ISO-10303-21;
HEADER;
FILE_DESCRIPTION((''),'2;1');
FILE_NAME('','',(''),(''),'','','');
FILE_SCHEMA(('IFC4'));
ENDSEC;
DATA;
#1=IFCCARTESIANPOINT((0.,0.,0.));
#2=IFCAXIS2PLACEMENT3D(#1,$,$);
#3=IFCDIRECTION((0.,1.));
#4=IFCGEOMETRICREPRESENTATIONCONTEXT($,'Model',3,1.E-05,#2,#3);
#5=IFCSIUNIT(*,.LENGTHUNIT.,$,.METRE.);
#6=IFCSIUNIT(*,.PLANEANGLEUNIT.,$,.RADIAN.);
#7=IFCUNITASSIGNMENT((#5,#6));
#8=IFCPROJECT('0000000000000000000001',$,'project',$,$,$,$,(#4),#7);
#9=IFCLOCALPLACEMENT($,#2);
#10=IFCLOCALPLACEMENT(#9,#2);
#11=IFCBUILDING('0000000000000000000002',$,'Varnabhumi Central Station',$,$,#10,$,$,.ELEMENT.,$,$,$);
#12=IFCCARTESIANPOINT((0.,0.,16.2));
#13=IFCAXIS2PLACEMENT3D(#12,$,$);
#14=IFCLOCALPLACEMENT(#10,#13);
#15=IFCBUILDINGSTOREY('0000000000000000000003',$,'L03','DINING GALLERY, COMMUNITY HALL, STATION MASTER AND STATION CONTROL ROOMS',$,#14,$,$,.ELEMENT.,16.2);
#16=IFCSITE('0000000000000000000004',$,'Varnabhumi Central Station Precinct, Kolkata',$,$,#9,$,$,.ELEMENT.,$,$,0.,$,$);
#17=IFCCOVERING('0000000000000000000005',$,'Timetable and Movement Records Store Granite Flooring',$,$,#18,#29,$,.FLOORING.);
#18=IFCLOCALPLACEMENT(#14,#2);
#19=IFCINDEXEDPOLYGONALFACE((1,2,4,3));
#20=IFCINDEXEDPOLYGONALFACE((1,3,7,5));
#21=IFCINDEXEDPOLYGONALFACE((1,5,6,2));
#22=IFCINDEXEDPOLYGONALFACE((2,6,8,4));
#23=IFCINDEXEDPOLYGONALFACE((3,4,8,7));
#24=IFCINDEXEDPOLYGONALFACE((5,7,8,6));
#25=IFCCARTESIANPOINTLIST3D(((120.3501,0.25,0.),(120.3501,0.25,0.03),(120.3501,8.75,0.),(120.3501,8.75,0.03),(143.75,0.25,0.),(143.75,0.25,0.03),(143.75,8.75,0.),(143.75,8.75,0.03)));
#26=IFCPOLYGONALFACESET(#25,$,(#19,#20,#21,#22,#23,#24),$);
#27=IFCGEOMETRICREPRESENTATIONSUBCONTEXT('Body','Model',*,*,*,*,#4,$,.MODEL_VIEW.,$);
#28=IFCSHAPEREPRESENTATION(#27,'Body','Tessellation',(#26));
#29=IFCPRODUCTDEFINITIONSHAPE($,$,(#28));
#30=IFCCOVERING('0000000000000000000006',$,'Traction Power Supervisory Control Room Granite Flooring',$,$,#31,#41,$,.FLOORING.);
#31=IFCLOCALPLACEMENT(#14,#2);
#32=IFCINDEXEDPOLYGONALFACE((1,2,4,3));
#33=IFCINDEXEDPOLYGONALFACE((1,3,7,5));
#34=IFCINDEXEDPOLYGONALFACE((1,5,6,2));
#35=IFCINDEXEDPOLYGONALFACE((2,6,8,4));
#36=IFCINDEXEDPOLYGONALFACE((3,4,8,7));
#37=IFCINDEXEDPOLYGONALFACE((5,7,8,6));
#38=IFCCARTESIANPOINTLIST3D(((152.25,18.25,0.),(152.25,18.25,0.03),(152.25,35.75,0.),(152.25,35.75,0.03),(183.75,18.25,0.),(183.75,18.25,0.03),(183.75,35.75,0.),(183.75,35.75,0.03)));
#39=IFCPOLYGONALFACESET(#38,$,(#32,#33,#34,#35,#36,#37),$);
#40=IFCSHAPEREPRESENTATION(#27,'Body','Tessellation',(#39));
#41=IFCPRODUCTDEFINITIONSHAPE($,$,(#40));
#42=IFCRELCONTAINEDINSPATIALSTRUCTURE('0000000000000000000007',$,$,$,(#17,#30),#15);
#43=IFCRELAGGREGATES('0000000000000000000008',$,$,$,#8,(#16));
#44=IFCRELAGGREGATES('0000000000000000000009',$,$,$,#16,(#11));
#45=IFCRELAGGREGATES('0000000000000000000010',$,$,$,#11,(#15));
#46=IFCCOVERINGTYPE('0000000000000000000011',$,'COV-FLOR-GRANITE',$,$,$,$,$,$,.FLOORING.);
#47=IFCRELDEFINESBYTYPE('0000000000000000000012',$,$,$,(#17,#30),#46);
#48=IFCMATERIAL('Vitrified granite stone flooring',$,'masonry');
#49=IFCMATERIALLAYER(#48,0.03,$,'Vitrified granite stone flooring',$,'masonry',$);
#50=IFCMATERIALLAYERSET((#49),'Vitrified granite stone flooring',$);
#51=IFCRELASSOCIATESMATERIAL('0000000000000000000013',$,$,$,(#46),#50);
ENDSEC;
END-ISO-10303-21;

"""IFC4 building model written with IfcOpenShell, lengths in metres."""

from ifc_helpers import new_model, si_unit, direction, frame, origin, place, context, subcontext, project, spatial, polyline, outline, extrude, material, layer, layer_set, type_object, element, save


model = new_model("IFC4")

# Units and contexts
model_context = context("Model", 3, precision=1e-05, world=origin(), true_north=direction((0.0, 1.0)))
body_context = subcontext(model_context, "Body", "Model", "MODEL_VIEW")
ifc_project = project(units=[si_unit("LENGTHUNIT", "METRE"), si_unit("PLANEANGLEUNIT", "RADIAN")], contexts=[model_context])

# Site, building, storey
site_placement = place(None, origin())
site = spatial("IfcSite", under=ifc_project, at=site_placement, Name="Varnabhumi Central Station Precinct, Kolkata", CompositionType="ELEMENT", RefElevation=0.0)
building_placement = place(site_placement, origin())
building = spatial("IfcBuilding", under=site, at=building_placement, Name="Varnabhumi Central Station", CompositionType="ELEMENT")
storey_placement = place(building_placement, frame((0.0, 0.0, 16.2)))
storey = spatial("IfcBuildingStorey", under=building, at=storey_placement, Name="L03", Description="DINING GALLERY, COMMUNITY HALL, STATION MASTER AND STATION CONTROL ROOMS", CompositionType="ELEMENT", Elevation=16.2)

# Coverings
ifc_material_1 = material(Name="Vitrified granite stone flooring", Category="masonry")
ifc_layer_1 = layer(ifc_material_1, 0.03, Name="Vitrified granite stone flooring", Category="masonry")
ifc_layer_set_1 = layer_set([ifc_layer_1], Name="Vitrified granite stone flooring")
covering_type_1 = type_object("IfcCoveringType", Name="COV-FLOR-GRANITE", PredefinedType="FLOORING", material=ifc_layer_set_1)
covering_1_placement = place(storey_placement, origin())
element("IfcCovering", 1, at=covering_1_placement, inside=storey, type_object=covering_type_1, Name="Timetable and Movement Records Store Granite Flooring", PredefinedType="FLOORING", context=body_context, shape_type="SweptSolid", body=[
    extrude(outline(polyline([(120.3501, 0.25), (143.75, 0.25), (143.75, 8.75), (120.3501, 8.75), (120.3501, 0.25)])), origin(), (0.0, 0.0, 1.0), 0.03),
])
covering_2_placement = place(storey_placement, origin())
element("IfcCovering", 2, at=covering_2_placement, inside=storey, type_object=covering_type_1, Name="Traction Power Supervisory Control Room Granite Flooring", PredefinedType="FLOORING", context=body_context, shape_type="SweptSolid", body=[
    extrude(outline(polyline([(152.25, 18.25), (183.75, 18.25), (183.75, 35.75), (152.25, 35.75), (152.25, 18.25)])), origin(), (0.0, 0.0, 1.0), 0.03),
])

save(model, "model.ifc")
